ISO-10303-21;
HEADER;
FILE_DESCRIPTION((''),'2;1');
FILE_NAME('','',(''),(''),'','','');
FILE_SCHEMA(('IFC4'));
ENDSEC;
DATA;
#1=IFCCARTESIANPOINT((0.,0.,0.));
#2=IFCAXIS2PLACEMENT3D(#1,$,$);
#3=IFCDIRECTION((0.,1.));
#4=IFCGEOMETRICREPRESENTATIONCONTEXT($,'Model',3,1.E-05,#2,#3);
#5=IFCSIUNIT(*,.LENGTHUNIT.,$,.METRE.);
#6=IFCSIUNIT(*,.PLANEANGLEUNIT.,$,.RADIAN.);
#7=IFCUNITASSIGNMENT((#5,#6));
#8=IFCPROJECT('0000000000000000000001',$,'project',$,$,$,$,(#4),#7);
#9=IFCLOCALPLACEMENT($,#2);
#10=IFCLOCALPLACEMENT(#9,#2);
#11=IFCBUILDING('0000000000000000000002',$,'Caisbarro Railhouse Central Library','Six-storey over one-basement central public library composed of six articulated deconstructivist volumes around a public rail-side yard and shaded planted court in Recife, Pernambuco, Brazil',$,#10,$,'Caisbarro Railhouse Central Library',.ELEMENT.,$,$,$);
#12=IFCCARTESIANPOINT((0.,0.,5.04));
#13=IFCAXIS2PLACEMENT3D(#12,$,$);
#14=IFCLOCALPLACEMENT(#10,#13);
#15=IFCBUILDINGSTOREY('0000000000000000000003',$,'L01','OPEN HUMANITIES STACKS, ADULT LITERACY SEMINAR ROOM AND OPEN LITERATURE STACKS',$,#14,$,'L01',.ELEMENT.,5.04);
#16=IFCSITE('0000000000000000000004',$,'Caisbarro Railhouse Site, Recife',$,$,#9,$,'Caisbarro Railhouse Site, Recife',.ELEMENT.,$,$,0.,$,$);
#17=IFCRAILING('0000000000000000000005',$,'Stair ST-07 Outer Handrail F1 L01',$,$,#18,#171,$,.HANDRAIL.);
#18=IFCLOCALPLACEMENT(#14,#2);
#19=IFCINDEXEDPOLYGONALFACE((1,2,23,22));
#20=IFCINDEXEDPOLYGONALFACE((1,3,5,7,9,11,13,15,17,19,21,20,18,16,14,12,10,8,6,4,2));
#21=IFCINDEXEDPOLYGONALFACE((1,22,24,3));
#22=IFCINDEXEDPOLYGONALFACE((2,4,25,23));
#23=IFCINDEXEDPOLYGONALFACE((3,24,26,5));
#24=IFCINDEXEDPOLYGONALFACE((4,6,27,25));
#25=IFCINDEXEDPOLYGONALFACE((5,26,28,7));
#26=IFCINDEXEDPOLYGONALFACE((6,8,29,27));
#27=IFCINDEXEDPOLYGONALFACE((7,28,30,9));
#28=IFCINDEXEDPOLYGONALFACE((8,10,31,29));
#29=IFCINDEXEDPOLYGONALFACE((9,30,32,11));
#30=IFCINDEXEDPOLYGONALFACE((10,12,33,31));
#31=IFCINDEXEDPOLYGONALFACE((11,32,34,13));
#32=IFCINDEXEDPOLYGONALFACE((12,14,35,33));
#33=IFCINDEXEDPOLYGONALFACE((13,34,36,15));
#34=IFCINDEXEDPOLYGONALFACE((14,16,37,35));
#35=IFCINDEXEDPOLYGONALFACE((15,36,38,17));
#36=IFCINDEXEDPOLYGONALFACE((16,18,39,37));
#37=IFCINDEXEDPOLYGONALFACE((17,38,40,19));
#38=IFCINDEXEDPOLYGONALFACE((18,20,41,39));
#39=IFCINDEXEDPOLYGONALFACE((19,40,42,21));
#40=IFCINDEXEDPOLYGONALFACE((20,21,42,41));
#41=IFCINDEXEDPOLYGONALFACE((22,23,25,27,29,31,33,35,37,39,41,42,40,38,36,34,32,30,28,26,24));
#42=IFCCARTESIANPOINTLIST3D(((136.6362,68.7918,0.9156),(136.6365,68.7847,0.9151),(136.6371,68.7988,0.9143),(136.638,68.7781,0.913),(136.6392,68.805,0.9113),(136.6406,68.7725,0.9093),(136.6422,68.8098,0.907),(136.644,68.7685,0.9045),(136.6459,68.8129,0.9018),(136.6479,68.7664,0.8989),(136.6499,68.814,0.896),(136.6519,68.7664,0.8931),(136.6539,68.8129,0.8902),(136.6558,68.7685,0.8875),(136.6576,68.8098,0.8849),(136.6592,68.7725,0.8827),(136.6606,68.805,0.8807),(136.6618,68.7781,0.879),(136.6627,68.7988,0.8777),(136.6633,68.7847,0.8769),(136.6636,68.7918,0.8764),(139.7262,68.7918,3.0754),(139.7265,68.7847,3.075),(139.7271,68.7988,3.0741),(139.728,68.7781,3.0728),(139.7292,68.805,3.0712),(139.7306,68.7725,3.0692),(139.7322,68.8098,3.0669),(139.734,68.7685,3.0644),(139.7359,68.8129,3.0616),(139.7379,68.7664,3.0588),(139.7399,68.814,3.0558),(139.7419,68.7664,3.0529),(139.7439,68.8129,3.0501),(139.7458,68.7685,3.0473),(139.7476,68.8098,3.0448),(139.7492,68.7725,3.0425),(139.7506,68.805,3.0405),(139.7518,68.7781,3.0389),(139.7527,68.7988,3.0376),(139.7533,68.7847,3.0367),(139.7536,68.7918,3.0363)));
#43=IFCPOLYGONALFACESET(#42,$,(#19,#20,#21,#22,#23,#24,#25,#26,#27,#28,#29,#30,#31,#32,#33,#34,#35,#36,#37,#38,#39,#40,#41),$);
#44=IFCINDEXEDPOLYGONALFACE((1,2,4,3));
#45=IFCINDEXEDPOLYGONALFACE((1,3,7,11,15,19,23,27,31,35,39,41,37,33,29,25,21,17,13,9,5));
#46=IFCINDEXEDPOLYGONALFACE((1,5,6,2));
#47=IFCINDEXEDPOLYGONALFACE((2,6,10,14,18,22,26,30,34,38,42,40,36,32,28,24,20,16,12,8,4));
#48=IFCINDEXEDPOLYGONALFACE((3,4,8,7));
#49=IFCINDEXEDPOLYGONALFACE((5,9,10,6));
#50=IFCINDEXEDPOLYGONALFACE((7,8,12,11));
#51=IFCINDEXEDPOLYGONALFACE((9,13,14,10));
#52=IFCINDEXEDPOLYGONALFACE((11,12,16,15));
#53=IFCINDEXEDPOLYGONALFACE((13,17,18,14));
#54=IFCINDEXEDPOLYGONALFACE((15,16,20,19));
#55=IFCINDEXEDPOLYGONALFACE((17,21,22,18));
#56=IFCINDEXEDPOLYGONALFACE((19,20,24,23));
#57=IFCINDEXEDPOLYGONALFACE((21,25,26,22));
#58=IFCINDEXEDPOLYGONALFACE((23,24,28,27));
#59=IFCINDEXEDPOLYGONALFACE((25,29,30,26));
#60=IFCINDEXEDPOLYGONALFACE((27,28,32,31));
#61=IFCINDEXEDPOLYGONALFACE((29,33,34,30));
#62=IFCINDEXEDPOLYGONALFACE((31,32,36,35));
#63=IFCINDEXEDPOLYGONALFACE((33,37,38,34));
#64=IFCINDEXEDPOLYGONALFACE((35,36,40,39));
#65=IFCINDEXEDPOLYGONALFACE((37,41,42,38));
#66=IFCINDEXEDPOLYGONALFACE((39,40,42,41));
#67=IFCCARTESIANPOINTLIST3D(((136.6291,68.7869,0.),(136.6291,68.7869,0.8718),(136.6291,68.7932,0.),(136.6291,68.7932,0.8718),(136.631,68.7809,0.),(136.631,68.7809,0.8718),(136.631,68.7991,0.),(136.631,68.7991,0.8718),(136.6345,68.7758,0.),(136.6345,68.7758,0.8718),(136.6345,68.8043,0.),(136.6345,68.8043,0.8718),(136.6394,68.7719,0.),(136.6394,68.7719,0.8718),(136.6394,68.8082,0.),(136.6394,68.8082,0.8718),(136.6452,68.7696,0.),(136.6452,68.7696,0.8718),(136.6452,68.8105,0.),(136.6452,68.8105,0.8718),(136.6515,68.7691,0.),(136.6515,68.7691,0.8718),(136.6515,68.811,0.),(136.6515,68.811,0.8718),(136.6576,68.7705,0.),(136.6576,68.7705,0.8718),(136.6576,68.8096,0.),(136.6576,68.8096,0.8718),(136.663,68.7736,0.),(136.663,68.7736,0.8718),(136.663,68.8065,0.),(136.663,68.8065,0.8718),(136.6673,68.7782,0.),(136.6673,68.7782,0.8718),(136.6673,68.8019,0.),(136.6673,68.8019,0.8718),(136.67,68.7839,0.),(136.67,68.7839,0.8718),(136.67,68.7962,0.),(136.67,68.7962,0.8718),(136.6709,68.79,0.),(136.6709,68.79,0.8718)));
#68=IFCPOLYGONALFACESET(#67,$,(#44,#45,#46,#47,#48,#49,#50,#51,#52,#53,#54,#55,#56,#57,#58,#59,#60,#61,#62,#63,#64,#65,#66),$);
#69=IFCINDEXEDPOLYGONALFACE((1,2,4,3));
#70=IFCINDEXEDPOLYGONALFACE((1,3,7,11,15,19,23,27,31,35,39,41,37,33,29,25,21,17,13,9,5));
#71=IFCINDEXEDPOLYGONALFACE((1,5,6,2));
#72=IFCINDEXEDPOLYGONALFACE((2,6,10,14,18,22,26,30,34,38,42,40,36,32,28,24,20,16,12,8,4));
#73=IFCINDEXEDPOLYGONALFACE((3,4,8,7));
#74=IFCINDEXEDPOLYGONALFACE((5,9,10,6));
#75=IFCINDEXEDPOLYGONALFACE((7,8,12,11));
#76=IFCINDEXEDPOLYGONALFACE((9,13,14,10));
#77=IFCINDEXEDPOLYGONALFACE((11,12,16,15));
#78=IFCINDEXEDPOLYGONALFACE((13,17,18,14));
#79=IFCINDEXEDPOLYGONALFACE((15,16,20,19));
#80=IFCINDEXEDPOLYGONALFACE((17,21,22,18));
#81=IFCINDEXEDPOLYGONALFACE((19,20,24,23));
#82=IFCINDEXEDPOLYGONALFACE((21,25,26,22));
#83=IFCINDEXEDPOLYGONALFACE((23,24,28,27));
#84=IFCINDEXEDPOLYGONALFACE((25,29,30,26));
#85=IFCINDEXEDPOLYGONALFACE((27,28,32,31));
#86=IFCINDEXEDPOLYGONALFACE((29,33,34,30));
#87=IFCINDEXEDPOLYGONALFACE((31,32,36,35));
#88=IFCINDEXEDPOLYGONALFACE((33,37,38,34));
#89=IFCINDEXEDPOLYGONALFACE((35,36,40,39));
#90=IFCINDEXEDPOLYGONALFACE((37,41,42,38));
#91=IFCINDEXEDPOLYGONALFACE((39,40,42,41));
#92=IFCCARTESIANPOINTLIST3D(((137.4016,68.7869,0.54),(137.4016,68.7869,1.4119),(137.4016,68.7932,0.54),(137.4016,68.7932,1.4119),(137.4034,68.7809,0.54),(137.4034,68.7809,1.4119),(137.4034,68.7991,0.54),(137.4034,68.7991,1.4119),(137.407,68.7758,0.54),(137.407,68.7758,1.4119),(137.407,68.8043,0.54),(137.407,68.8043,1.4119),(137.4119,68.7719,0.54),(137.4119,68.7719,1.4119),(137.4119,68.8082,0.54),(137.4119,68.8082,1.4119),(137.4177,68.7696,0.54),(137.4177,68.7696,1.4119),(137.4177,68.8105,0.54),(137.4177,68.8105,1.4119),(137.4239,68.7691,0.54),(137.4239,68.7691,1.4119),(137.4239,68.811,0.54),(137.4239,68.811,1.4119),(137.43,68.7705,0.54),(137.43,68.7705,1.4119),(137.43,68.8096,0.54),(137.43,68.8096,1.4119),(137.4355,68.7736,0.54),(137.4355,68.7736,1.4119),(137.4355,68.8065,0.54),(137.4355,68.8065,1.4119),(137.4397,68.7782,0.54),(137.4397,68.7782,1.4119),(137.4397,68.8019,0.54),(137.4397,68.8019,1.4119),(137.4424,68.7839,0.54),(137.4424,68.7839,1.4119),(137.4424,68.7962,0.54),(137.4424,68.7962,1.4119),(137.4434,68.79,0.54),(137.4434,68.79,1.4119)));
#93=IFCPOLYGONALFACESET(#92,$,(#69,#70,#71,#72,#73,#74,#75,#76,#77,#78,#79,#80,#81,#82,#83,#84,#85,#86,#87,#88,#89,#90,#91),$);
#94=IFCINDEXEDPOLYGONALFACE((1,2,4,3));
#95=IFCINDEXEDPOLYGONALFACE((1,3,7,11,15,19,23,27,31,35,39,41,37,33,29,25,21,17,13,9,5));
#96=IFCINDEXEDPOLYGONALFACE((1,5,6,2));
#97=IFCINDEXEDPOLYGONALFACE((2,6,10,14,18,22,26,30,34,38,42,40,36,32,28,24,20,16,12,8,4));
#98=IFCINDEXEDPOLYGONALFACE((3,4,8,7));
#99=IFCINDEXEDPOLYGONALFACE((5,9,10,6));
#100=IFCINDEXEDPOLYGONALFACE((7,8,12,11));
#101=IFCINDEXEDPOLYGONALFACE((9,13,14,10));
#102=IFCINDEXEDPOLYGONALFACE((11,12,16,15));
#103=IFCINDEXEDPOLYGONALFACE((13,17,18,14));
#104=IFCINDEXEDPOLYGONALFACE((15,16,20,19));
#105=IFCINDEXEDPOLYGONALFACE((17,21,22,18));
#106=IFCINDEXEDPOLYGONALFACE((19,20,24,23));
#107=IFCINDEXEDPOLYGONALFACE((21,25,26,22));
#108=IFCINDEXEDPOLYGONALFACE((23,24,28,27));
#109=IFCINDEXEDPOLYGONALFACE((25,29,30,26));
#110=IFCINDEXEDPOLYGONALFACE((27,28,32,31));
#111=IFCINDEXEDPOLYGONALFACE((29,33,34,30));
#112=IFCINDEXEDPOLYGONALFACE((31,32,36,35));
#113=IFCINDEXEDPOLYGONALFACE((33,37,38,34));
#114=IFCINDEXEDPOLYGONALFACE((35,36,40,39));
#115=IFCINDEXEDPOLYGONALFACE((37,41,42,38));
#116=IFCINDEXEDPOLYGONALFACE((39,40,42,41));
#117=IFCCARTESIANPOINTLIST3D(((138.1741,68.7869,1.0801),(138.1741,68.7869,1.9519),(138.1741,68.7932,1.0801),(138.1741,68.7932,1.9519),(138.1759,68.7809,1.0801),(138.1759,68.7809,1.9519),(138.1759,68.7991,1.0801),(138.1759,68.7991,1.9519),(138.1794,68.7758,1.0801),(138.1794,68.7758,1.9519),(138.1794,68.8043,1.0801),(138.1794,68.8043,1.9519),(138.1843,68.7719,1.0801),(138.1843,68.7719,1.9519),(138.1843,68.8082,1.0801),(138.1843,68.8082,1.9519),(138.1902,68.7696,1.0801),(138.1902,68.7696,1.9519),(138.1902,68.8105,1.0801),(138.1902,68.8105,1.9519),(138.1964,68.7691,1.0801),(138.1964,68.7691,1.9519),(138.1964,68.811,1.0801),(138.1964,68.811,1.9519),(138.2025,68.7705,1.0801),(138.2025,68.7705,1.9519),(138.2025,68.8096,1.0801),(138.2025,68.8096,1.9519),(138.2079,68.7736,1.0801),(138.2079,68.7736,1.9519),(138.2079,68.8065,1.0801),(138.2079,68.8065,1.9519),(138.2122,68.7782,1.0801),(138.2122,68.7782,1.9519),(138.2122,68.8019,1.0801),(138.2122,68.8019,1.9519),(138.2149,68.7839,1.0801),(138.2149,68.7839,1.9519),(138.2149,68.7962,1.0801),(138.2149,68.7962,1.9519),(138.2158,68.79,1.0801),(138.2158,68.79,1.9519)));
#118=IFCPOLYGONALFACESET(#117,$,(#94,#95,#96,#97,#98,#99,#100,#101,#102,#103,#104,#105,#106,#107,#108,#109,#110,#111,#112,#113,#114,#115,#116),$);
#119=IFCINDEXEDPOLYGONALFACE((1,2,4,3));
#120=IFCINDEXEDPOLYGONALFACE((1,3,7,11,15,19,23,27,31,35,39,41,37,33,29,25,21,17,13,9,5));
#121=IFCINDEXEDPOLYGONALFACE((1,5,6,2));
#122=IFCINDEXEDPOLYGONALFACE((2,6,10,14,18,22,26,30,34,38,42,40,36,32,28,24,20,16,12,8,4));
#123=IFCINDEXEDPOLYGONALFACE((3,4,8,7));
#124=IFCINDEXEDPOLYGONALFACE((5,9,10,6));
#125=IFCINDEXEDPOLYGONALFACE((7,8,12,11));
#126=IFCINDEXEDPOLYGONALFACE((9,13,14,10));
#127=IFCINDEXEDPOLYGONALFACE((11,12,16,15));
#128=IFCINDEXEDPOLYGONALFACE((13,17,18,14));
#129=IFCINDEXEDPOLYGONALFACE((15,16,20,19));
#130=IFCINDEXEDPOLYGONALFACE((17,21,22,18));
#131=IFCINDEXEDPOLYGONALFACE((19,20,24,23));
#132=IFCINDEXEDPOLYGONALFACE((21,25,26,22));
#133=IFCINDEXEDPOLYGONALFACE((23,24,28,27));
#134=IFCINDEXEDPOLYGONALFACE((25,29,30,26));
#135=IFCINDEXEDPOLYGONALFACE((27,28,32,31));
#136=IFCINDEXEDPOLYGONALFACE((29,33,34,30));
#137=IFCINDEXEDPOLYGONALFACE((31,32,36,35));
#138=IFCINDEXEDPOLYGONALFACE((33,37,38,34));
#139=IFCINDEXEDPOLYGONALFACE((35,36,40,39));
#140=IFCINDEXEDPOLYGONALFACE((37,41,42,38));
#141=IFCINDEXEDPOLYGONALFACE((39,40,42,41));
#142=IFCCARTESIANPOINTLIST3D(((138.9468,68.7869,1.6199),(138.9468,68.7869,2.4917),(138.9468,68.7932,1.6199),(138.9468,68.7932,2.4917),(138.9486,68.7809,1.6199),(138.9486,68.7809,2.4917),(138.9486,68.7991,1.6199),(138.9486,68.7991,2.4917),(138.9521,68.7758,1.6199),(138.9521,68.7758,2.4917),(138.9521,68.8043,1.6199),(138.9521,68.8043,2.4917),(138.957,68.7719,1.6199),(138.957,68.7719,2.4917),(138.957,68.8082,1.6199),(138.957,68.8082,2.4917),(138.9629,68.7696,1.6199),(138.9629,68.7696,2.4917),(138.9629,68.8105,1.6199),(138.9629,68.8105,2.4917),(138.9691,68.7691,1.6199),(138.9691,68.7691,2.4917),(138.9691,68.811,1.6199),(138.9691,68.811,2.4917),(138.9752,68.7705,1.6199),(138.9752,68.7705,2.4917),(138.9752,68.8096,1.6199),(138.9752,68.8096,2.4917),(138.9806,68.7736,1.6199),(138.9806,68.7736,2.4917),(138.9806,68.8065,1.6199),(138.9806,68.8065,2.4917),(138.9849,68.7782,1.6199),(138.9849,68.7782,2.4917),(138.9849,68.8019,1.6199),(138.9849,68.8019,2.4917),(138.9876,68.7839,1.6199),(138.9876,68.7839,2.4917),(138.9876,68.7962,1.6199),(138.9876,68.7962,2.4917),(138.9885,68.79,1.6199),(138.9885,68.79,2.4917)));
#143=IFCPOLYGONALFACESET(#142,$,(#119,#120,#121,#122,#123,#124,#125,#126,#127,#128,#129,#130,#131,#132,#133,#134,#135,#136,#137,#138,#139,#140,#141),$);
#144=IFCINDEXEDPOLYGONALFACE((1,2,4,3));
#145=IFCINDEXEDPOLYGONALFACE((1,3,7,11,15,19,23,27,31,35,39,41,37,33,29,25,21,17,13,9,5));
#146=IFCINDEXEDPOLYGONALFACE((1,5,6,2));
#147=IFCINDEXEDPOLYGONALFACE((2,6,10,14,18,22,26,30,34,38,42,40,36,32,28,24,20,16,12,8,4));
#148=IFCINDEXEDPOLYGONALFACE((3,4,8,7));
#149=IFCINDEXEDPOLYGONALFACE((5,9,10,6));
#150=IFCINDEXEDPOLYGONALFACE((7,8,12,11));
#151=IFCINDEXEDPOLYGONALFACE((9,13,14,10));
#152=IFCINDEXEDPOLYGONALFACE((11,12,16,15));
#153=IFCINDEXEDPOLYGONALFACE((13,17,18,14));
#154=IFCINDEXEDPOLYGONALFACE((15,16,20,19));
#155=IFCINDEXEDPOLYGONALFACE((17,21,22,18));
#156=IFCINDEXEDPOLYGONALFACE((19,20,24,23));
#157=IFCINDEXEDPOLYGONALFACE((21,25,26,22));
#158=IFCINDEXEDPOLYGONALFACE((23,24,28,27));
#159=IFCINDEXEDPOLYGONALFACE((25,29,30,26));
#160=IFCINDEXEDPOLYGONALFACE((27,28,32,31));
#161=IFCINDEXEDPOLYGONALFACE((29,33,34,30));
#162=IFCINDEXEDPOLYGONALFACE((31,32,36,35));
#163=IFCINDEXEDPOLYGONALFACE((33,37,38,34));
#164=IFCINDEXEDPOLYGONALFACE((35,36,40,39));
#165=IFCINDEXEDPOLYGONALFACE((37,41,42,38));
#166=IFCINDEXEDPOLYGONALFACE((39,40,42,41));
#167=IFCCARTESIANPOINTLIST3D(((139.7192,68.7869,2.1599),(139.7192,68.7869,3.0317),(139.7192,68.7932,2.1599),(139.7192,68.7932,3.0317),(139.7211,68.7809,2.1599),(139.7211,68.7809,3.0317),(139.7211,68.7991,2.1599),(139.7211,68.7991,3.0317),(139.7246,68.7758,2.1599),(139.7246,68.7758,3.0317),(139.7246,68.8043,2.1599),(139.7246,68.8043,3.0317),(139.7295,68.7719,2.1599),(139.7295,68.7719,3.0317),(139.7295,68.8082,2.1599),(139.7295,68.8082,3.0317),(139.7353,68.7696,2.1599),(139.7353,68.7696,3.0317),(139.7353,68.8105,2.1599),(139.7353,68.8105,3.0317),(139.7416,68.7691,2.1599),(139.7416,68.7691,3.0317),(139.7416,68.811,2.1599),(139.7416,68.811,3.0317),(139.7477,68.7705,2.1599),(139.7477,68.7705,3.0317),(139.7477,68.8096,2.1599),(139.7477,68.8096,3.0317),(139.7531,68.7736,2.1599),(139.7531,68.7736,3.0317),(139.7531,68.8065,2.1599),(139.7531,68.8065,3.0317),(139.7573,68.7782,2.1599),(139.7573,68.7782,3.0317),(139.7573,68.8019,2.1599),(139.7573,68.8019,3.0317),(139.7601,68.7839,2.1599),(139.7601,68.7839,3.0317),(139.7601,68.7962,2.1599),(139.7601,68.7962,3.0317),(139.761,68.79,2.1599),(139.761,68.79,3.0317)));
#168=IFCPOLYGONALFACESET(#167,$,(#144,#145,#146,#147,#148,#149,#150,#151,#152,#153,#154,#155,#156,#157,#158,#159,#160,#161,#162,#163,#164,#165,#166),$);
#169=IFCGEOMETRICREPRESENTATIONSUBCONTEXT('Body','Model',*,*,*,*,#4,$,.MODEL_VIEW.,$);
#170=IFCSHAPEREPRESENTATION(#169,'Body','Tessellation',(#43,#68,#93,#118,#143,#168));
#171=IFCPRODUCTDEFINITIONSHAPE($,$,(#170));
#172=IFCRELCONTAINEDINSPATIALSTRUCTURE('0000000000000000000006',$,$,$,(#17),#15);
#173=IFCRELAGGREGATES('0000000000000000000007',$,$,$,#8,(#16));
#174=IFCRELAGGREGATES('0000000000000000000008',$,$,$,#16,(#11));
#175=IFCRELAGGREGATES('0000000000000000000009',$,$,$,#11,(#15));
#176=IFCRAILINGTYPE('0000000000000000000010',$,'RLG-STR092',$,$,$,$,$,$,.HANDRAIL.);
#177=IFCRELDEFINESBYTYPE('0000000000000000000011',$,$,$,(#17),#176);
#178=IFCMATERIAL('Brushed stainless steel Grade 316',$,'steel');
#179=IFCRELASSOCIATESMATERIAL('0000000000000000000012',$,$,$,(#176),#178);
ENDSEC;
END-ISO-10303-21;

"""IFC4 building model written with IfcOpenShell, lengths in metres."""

from ifc_helpers import new_model, si_unit, direction, frame, origin, origin_2d, place, context, subcontext, project, spatial, circle, extrude, material, type_object, element, save


model = new_model("IFC4")

# Units and contexts
model_context = context("Model", 3, precision=1e-05, world=origin(), true_north=direction((0.0, 1.0)))
body_context = subcontext(model_context, "Body", "Model", "MODEL_VIEW")
ifc_project = project(units=[si_unit("LENGTHUNIT", "METRE"), si_unit("PLANEANGLEUNIT", "RADIAN")], contexts=[model_context])

# Site, building, storey
site_placement = place(None, origin())
site = spatial("IfcSite", under=ifc_project, at=site_placement, Name="Caisbarro Railhouse Site, Recife", LongName="Caisbarro Railhouse Site, Recife", CompositionType="ELEMENT", RefElevation=0.0)
building_placement = place(site_placement, origin())
building = spatial("IfcBuilding", under=site, at=building_placement, Name="Caisbarro Railhouse Central Library", Description="Six-storey over one-basement central public library composed of six articulated deconstructivist volumes around a public rail-side yard and shaded planted court in Recife, Pernambuco, Brazil", LongName="Caisbarro Railhouse Central Library", CompositionType="ELEMENT")
storey_placement = place(building_placement, frame((0.0, 0.0, 5.04)))
storey = spatial("IfcBuildingStorey", under=building, at=storey_placement, Name="L01", Description="OPEN HUMANITIES STACKS, ADULT LITERACY SEMINAR ROOM AND OPEN LITERATURE STACKS", LongName="L01", CompositionType="ELEMENT", Elevation=5.04)

# Railing
ifc_material_1 = material(Name="Brushed stainless steel Grade 316", Category="steel")
railing_type_1 = type_object("IfcRailingType", Name="RLG-STR092", PredefinedType="HANDRAIL", material=ifc_material_1)
railing_1_placement = place(storey_placement, frame((136.6499, 68.79, 0.0)))
element("IfcRailing", 1, at=railing_1_placement, inside=storey, type_object=railing_type_1, Name="Stair ST-07 Outer Handrail F1 L01", PredefinedType="HANDRAIL", context=body_context, shape_type="SweptSolid", body=[
    extrude(circle(Radius=0.0239, at=origin_2d()), frame((0.0, 0.0, 0.896), z_axis=(0.819624, 0.0, 0.572902), x_axis=(0.0, 1.0, 0.0)), (0.0, 0.0, 1.0), 3.77),
    extrude(circle(Radius=0.021, at=origin_2d()), origin(), (0.0, 0.0, 1.0), 0.8718),
    extrude(circle(Radius=0.021, at=origin_2d()), frame((0.7725, 0.0, 0.54)), (0.0, 0.0, 1.0), 0.8718),
    extrude(circle(Radius=0.021, at=origin_2d()), frame((1.5449, 0.0, 1.0801)), (0.0, 0.0, 1.0), 0.8718),
    extrude(circle(Radius=0.021, at=origin_2d()), frame((2.3176, 0.0, 1.6199)), (0.0, 0.0, 1.0), 0.8718),
    extrude(circle(Radius=0.021, at=origin_2d()), frame((3.0901, 0.0, 2.1599)), (0.0, 0.0, 1.0), 0.8718),
])

save(model, "model.ifc")
